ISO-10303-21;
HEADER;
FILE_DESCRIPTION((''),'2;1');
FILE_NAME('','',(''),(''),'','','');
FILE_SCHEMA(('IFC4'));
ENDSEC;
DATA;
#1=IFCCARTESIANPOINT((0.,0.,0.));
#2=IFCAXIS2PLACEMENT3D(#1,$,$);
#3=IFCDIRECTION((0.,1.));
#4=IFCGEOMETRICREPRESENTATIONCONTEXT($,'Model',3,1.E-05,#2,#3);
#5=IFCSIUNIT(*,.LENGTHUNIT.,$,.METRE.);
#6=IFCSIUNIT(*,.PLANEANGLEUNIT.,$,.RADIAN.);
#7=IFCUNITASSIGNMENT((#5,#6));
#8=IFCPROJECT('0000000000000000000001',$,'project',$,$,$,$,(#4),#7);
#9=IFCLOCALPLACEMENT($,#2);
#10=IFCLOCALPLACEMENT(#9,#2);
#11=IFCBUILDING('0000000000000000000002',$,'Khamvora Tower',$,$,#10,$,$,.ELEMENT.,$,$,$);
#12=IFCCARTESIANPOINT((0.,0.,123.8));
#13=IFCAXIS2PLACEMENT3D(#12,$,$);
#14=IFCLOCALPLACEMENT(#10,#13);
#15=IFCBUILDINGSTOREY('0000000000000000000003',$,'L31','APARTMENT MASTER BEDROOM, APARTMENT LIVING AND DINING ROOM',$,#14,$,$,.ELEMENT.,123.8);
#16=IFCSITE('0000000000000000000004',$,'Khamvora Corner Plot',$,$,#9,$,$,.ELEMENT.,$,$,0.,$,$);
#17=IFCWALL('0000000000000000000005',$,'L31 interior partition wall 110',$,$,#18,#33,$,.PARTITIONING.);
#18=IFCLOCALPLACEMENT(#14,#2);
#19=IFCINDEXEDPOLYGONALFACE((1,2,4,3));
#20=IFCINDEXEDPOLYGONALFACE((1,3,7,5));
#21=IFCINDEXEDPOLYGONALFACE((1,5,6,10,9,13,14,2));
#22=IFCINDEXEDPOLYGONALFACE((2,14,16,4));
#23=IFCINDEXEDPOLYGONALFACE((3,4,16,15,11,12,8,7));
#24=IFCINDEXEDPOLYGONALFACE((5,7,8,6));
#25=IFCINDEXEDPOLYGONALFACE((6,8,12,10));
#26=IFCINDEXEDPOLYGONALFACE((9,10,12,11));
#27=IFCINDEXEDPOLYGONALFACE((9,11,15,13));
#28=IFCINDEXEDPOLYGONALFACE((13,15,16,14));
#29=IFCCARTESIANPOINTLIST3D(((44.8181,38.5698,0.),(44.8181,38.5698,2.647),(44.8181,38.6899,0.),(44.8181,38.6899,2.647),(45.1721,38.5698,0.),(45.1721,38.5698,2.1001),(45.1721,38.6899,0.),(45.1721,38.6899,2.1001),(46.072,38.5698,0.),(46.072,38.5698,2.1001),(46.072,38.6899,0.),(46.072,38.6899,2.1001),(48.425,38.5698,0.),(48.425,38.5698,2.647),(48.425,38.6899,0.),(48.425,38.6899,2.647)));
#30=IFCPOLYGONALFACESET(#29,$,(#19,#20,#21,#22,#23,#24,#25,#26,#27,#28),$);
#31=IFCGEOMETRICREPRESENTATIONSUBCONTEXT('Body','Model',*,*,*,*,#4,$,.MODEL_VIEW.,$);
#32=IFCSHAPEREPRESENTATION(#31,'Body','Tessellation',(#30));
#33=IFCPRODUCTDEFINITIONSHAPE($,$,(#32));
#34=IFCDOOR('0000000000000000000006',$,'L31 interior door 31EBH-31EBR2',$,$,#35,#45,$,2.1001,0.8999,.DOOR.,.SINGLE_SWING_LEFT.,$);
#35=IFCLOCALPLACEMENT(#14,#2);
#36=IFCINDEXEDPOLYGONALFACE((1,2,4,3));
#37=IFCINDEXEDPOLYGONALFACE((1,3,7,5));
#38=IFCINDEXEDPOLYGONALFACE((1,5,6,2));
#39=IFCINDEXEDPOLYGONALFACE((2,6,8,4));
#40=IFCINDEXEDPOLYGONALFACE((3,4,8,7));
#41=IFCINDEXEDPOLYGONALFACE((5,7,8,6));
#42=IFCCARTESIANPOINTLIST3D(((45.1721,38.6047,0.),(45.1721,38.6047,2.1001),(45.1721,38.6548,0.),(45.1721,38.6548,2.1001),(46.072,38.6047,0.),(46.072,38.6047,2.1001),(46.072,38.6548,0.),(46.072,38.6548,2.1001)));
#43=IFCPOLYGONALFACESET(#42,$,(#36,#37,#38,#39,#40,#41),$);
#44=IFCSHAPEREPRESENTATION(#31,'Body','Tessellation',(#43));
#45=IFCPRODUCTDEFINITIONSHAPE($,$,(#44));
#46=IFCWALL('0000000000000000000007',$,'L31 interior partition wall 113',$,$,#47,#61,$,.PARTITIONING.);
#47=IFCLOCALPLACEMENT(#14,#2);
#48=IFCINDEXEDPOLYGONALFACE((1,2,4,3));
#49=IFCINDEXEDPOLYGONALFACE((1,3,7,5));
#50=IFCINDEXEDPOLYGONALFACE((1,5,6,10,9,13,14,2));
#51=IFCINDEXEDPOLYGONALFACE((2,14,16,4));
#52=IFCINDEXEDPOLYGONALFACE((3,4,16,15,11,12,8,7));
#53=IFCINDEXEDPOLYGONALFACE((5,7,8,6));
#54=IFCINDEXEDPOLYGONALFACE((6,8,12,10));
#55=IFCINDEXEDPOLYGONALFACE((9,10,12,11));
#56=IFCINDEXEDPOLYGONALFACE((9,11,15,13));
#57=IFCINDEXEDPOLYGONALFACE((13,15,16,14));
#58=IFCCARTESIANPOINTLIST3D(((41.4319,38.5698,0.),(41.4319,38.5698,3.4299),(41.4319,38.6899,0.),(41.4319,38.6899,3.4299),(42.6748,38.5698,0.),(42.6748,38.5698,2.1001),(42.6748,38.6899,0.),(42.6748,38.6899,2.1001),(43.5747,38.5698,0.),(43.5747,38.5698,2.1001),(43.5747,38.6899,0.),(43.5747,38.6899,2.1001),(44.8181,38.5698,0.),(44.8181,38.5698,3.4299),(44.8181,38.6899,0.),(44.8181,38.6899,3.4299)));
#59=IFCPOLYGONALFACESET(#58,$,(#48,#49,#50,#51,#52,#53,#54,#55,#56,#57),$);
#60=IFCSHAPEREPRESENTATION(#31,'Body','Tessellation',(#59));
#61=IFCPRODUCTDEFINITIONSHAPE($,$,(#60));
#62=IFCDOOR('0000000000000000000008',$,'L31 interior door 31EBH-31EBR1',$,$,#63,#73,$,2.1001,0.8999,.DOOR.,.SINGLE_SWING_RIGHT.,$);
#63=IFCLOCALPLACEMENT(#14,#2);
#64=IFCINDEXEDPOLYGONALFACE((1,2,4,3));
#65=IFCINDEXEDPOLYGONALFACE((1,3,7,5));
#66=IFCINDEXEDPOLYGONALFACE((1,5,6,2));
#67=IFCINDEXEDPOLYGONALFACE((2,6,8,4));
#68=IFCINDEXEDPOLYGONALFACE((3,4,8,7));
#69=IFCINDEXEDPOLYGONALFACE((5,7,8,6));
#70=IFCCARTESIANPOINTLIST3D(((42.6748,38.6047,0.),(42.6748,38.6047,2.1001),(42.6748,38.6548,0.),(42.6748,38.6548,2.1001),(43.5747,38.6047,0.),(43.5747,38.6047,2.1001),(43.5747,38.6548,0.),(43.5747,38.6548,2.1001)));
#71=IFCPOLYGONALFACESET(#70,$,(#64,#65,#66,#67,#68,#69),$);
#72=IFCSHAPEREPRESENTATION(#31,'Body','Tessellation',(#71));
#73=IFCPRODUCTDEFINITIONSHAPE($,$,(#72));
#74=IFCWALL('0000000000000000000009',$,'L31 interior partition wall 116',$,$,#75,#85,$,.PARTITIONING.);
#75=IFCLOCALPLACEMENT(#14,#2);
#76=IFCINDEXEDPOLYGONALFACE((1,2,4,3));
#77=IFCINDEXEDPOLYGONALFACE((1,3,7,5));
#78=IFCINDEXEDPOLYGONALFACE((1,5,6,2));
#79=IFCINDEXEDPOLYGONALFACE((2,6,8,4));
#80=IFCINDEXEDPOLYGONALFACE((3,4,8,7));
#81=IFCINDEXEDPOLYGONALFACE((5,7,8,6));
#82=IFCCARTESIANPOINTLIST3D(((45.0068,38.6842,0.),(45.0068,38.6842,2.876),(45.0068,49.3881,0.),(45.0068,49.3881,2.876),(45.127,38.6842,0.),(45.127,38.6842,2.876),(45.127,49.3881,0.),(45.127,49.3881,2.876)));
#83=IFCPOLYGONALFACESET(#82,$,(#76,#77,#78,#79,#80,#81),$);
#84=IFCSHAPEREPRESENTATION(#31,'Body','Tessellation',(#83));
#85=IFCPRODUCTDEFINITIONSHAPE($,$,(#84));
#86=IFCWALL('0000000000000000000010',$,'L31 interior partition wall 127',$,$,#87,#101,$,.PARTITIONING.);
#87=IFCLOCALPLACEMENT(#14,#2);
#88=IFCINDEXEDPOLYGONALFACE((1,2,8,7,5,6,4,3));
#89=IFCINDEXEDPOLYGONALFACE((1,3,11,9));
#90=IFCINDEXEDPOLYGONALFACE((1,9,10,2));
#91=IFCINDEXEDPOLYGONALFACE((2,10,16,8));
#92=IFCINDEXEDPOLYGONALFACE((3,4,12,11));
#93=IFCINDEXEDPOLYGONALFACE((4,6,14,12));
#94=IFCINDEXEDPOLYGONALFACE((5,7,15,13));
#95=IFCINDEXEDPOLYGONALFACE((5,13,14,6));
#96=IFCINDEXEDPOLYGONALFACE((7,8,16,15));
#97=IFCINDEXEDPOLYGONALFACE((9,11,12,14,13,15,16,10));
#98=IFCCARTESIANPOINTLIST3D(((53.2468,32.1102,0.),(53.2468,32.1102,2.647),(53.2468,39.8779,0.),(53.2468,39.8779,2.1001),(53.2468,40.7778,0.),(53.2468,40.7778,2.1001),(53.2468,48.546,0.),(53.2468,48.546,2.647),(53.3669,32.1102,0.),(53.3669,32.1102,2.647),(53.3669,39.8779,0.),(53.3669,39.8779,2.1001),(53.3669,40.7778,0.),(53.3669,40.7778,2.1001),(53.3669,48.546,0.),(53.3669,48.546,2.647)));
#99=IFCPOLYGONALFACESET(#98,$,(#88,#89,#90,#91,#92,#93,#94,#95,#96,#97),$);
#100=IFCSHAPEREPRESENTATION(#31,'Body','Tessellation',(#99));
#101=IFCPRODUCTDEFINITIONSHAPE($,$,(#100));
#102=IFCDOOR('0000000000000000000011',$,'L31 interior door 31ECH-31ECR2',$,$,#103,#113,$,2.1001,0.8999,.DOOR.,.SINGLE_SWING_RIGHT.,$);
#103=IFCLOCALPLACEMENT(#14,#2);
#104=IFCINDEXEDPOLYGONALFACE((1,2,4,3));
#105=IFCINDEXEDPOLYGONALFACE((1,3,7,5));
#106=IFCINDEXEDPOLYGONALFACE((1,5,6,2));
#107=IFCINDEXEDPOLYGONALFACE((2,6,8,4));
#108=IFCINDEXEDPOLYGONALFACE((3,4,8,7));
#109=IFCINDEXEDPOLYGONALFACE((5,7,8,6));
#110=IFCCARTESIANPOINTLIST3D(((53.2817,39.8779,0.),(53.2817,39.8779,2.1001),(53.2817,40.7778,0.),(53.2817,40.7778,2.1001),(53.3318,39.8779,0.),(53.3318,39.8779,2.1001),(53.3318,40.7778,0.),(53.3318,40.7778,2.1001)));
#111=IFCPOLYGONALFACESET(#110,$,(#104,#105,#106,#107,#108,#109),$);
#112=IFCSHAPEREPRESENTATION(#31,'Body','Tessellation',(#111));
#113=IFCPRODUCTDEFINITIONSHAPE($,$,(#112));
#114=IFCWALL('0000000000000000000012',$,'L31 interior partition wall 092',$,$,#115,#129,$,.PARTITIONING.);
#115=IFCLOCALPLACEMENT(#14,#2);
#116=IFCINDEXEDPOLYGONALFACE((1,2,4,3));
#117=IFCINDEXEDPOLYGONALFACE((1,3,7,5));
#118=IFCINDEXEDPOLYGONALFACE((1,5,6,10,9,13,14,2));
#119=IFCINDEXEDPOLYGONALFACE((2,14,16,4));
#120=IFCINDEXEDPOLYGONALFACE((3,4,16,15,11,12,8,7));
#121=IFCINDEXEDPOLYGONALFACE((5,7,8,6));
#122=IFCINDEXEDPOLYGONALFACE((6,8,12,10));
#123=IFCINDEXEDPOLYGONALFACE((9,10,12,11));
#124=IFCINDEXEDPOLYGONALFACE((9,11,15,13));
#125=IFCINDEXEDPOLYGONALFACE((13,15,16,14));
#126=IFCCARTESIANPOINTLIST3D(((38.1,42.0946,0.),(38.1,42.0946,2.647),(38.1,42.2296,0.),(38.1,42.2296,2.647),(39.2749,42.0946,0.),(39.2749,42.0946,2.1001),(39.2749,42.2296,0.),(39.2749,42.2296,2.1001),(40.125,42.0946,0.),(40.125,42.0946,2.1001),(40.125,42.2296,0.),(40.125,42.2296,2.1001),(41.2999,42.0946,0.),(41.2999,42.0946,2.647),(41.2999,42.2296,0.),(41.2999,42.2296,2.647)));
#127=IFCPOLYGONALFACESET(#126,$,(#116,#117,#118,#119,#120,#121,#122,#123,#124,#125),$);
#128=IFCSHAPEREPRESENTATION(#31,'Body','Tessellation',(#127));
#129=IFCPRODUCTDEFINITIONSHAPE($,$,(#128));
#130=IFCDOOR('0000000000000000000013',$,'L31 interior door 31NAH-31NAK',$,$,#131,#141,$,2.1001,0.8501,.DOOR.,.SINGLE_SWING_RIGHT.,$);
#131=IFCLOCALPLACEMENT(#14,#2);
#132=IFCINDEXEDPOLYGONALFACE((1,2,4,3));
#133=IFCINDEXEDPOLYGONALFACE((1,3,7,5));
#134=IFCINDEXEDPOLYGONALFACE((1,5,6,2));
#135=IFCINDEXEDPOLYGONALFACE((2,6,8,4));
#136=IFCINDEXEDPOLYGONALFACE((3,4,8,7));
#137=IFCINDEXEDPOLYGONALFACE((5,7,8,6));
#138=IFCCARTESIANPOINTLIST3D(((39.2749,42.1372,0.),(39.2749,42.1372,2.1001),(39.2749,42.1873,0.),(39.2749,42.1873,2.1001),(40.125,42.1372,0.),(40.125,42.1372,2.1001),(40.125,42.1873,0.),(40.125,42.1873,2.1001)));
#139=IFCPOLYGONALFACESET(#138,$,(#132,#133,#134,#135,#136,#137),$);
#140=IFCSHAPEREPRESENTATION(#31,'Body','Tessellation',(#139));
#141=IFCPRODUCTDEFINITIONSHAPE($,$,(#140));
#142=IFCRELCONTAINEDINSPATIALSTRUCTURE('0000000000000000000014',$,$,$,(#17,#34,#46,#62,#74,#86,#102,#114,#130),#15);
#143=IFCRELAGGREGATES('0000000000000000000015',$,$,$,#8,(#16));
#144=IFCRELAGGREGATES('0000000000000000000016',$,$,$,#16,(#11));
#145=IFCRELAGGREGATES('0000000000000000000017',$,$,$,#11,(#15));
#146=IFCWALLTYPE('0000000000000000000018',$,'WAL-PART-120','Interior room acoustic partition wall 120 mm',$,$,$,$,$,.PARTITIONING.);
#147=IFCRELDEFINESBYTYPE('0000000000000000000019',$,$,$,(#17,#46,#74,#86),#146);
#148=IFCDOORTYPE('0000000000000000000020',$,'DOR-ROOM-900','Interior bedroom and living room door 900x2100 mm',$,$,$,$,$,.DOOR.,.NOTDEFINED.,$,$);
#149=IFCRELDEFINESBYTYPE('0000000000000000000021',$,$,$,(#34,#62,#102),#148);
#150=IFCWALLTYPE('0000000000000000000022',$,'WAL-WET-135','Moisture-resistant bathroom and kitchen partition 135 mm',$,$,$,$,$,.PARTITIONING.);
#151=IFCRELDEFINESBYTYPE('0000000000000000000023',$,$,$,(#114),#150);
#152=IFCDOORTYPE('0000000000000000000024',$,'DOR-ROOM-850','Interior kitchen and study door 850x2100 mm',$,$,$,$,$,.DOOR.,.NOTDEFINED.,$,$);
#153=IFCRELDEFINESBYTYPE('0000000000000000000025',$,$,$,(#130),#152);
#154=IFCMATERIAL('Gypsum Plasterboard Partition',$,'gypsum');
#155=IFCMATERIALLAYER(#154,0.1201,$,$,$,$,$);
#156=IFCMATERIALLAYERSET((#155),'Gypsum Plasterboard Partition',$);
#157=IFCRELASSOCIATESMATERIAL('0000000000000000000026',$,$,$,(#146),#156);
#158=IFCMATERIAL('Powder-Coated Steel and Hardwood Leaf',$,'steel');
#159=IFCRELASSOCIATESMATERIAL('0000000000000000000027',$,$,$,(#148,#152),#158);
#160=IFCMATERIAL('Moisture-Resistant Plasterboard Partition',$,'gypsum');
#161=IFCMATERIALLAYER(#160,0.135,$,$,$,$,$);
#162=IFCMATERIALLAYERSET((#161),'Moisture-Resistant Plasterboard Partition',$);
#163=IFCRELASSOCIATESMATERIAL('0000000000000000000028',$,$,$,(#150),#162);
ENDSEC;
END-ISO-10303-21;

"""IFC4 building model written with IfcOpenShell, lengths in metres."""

from ifc_helpers import new_model, si_unit, direction, frame, frame_2d, origin, place, context, subcontext, project, spatial, rectangle, extrude, material, layer, layer_set, type_object, element, fill, save


model = new_model("IFC4")

# Units and contexts
model_context = context("Model", 3, precision=1e-05, world=origin(), true_north=direction((0.0, 1.0)))
body_context = subcontext(model_context, "Body", "Model", "MODEL_VIEW")
ifc_project = project(units=[si_unit("LENGTHUNIT", "METRE"), si_unit("PLANEANGLEUNIT", "RADIAN")], contexts=[model_context])

# Site, building, storey
site_placement = place(None, origin())
site = spatial("IfcSite", under=ifc_project, at=site_placement, Name="Khamvora Corner Plot", CompositionType="ELEMENT", RefElevation=0.0)
building_placement = place(site_placement, origin())
building = spatial("IfcBuilding", under=site, at=building_placement, Name="Khamvora Tower", CompositionType="ELEMENT")
storey_placement = place(building_placement, frame((0.0, 0.0, 123.8)))
storey = spatial("IfcBuildingStorey", under=building, at=storey_placement, Name="L31", Description="APARTMENT MASTER BEDROOM, APARTMENT LIVING AND DINING ROOM", CompositionType="ELEMENT", Elevation=123.8)

# Shared definitions
ifc_material_1 = material(Name="Powder-Coated Steel and Hardwood Leaf", Category="steel")

# Walls, openings, doors
ifc_material_2 = material(Name="Gypsum Plasterboard Partition", Category="gypsum")
ifc_layer_1 = layer(ifc_material_2, 0.1201)
ifc_layer_set_1 = layer_set([ifc_layer_1], Name="Gypsum Plasterboard Partition")
wall_type_1 = type_object("IfcWallType", Name="WAL-PART-120", Description="Interior room acoustic partition wall 120 mm", PredefinedType="PARTITIONING", material=ifc_layer_set_1)
wall_1_placement = place(storey_placement, frame((44.8181, 38.6299, 0.0), z_axis=(0.0, 0.0, 1.0), x_axis=(1.0, 0.0, 0.0)))
wall_1 = element("IfcWall", 1, at=wall_1_placement, inside=storey, type_object=wall_type_1, Name="L31 interior partition wall 110", PredefinedType="PARTITIONING", context=body_context, shape_type="SweptSolid", body=[
    extrude(rectangle(XDim=3.6069, YDim=0.1201, at=frame_2d((1.8035, 0.0))), origin(), (0.0, 0.0, 1.0), 2.647),
])
opening_1_placement = place(wall_1_placement, frame((0.354, 0.0, 0.0)))
opening_1 = element("IfcOpeningElement", 2, at=opening_1_placement, cuts=wall_1, PredefinedType="OPENING", context=body_context, shape_type="SweptSolid", body=[
    extrude(rectangle(XDim=0.8999, YDim=2.1001, at=frame_2d((0.45, 1.05))), frame((0.0, 0.0701, 0.0), z_axis=(0.0, -1.0, 0.0), x_axis=(1.0, 0.0, 0.0)), (0.0, 0.0, 1.0), 0.1401),
])
door_type_1 = type_object("IfcDoorType", Name="DOR-ROOM-900", Description="Interior bedroom and living room door 900x2100 mm", OperationType="NOTDEFINED", PredefinedType="DOOR", material=ifc_material_1)
door_1_placement = place(opening_1_placement, origin())
door_1 = element("IfcDoor", 3, at=door_1_placement, inside=storey, type_object=door_type_1, Name="L31 interior door 31EBH-31EBR2", OperationType="SINGLE_SWING_LEFT", OverallHeight=2.1001, OverallWidth=0.8999, PredefinedType="DOOR", context=body_context, shape_type="SweptSolid", body=[
    extrude(rectangle(XDim=0.8999, YDim=2.1001, at=frame_2d((0.45, 1.05))), frame((0.0, 0.0249, 0.0), z_axis=(0.0, -1.0, 0.0), x_axis=(1.0, 0.0, 0.0)), (0.0, 0.0, 1.0), 0.05),
])
fill(opening_1, door_1)
wall_2_placement = place(storey_placement, frame((41.4319, 38.6299, 0.0), z_axis=(0.0, 0.0, 1.0), x_axis=(1.0, 0.0, 0.0)))
wall_2 = element("IfcWall", 4, at=wall_2_placement, inside=storey, type_object=wall_type_1, Name="L31 interior partition wall 113", PredefinedType="PARTITIONING", context=body_context, shape_type="SweptSolid", body=[
    extrude(rectangle(XDim=3.3862, YDim=0.1201, at=frame_2d((1.6931, 0.0))), origin(), (0.0, 0.0, 1.0), 3.4299),
])
opening_2_placement = place(wall_2_placement, frame((1.2429, 0.0, 0.0)))
opening_2 = element("IfcOpeningElement", 5, at=opening_2_placement, cuts=wall_2, PredefinedType="OPENING", context=body_context, shape_type="SweptSolid", body=[
    extrude(rectangle(XDim=0.8999, YDim=2.1001, at=frame_2d((0.45, 1.05))), frame((0.0, 0.0701, 0.0), z_axis=(0.0, -1.0, 0.0), x_axis=(1.0, 0.0, 0.0)), (0.0, 0.0, 1.0), 0.1401),
])
door_2_placement = place(opening_2_placement, origin())
door_2 = element("IfcDoor", 6, at=door_2_placement, inside=storey, type_object=door_type_1, Name="L31 interior door 31EBH-31EBR1", OperationType="SINGLE_SWING_RIGHT", OverallHeight=2.1001, OverallWidth=0.8999, PredefinedType="DOOR", context=body_context, shape_type="SweptSolid", body=[
    extrude(rectangle(XDim=0.8999, YDim=2.1001, at=frame_2d((0.45, 1.05))), frame((0.0, 0.0249, 0.0), z_axis=(0.0, -1.0, 0.0), x_axis=(1.0, 0.0, 0.0)), (0.0, 0.0, 1.0), 0.05),
])
fill(opening_2, door_2)

# Wall
wall_3_placement = place(storey_placement, frame((45.0669, 38.6841, 0.0), z_axis=(0.0, 0.0, 1.0), x_axis=(0.0, 1.0, 0.0)))
element("IfcWall", 7, at=wall_3_placement, inside=storey, type_object=wall_type_1, Name="L31 interior partition wall 116", PredefinedType="PARTITIONING", context=body_context, shape_type="SweptSolid", body=[
    extrude(rectangle(XDim=10.7039, YDim=0.1201, at=frame_2d((5.3521, 0.0))), origin(), (0.0, 0.0, 1.0), 2.876),
])

# Walls, openings, doors
wall_4_placement = place(storey_placement, frame((53.3069, 48.5459, 0.0), z_axis=(0.0, 0.0, 1.0), x_axis=(0.0, -1.0, 0.0)))
wall_4 = element("IfcWall", 8, at=wall_4_placement, inside=storey, type_object=wall_type_1, Name="L31 interior partition wall 127", PredefinedType="PARTITIONING", context=body_context, shape_type="SweptSolid", body=[
    extrude(rectangle(XDim=16.4358, YDim=0.1201, at=frame_2d((8.2178, 0.0))), origin(), (0.0, 0.0, 1.0), 2.647),
])
opening_3_placement = place(wall_4_placement, frame((7.7681, 0.0, 0.0)))
opening_3 = element("IfcOpeningElement", 9, at=opening_3_placement, cuts=wall_4, PredefinedType="OPENING", context=body_context, shape_type="SweptSolid", body=[
    extrude(rectangle(XDim=0.8999, YDim=2.1001, at=frame_2d((0.45, 1.05))), frame((0.0, 0.0701, 0.0), z_axis=(0.0, -1.0, 0.0), x_axis=(1.0, 0.0, 0.0)), (0.0, 0.0, 1.0), 0.1401),
])
door_3_placement = place(opening_3_placement, origin())
door_3 = element("IfcDoor", 10, at=door_3_placement, inside=storey, type_object=door_type_1, Name="L31 interior door 31ECH-31ECR2", OperationType="SINGLE_SWING_RIGHT", OverallHeight=2.1001, OverallWidth=0.8999, PredefinedType="DOOR", context=body_context, shape_type="SweptSolid", body=[
    extrude(rectangle(XDim=0.8999, YDim=2.1001, at=frame_2d((0.45, 1.05))), frame((0.0, 0.0249, 0.0), z_axis=(0.0, -1.0, 0.0), x_axis=(1.0, 0.0, 0.0)), (0.0, 0.0, 1.0), 0.05),
])
fill(opening_3, door_3)
ifc_material_3 = material(Name="Moisture-Resistant Plasterboard Partition", Category="gypsum")
ifc_layer_2 = layer(ifc_material_3, 0.135)
ifc_layer_set_2 = layer_set([ifc_layer_2], Name="Moisture-Resistant Plasterboard Partition")
wall_type_2 = type_object("IfcWallType", Name="WAL-WET-135", Description="Moisture-resistant bathroom and kitchen partition 135 mm", PredefinedType="PARTITIONING", material=ifc_layer_set_2)
wall_5_placement = place(storey_placement, frame((41.3, 42.1621, 0.0), z_axis=(0.0, 0.0, 1.0), x_axis=(-1.0, 0.0, 0.0)))
wall_5 = element("IfcWall", 11, at=wall_5_placement, inside=storey, type_object=wall_type_2, Name="L31 interior partition wall 092", PredefinedType="PARTITIONING", context=body_context, shape_type="SweptSolid", body=[
    extrude(rectangle(XDim=3.2, YDim=0.135, at=frame_2d((1.6001, 0.0))), origin(), (0.0, 0.0, 1.0), 2.647),
])
opening_4_placement = place(wall_5_placement, frame((1.175, 0.0, 0.0)))
opening_4 = element("IfcOpeningElement", 12, at=opening_4_placement, cuts=wall_5, PredefinedType="OPENING", context=body_context, shape_type="SweptSolid", body=[
    extrude(rectangle(XDim=0.8501, YDim=2.1001, at=frame_2d((0.425, 1.05))), frame((0.0, 0.0774, 0.0), z_axis=(0.0, -1.0, 0.0), x_axis=(1.0, 0.0, 0.0)), (0.0, 0.0, 1.0), 0.155),
])
door_type_2 = type_object("IfcDoorType", Name="DOR-ROOM-850", Description="Interior kitchen and study door 850x2100 mm", OperationType="NOTDEFINED", PredefinedType="DOOR", material=ifc_material_1)
door_4_placement = place(opening_4_placement, origin())
door_4 = element("IfcDoor", 13, at=door_4_placement, inside=storey, type_object=door_type_2, Name="L31 interior door 31NAH-31NAK", OperationType="SINGLE_SWING_RIGHT", OverallHeight=2.1001, OverallWidth=0.8501, PredefinedType="DOOR", context=body_context, shape_type="SweptSolid", body=[
    extrude(rectangle(XDim=0.8501, YDim=2.1001, at=frame_2d((0.425, 1.05))), frame((0.0, 0.0249, 0.0), z_axis=(0.0, -1.0, 0.0), x_axis=(1.0, 0.0, 0.0)), (0.0, 0.0, 1.0), 0.05),
])
fill(opening_4, door_4)

save(model, "model.ifc")
